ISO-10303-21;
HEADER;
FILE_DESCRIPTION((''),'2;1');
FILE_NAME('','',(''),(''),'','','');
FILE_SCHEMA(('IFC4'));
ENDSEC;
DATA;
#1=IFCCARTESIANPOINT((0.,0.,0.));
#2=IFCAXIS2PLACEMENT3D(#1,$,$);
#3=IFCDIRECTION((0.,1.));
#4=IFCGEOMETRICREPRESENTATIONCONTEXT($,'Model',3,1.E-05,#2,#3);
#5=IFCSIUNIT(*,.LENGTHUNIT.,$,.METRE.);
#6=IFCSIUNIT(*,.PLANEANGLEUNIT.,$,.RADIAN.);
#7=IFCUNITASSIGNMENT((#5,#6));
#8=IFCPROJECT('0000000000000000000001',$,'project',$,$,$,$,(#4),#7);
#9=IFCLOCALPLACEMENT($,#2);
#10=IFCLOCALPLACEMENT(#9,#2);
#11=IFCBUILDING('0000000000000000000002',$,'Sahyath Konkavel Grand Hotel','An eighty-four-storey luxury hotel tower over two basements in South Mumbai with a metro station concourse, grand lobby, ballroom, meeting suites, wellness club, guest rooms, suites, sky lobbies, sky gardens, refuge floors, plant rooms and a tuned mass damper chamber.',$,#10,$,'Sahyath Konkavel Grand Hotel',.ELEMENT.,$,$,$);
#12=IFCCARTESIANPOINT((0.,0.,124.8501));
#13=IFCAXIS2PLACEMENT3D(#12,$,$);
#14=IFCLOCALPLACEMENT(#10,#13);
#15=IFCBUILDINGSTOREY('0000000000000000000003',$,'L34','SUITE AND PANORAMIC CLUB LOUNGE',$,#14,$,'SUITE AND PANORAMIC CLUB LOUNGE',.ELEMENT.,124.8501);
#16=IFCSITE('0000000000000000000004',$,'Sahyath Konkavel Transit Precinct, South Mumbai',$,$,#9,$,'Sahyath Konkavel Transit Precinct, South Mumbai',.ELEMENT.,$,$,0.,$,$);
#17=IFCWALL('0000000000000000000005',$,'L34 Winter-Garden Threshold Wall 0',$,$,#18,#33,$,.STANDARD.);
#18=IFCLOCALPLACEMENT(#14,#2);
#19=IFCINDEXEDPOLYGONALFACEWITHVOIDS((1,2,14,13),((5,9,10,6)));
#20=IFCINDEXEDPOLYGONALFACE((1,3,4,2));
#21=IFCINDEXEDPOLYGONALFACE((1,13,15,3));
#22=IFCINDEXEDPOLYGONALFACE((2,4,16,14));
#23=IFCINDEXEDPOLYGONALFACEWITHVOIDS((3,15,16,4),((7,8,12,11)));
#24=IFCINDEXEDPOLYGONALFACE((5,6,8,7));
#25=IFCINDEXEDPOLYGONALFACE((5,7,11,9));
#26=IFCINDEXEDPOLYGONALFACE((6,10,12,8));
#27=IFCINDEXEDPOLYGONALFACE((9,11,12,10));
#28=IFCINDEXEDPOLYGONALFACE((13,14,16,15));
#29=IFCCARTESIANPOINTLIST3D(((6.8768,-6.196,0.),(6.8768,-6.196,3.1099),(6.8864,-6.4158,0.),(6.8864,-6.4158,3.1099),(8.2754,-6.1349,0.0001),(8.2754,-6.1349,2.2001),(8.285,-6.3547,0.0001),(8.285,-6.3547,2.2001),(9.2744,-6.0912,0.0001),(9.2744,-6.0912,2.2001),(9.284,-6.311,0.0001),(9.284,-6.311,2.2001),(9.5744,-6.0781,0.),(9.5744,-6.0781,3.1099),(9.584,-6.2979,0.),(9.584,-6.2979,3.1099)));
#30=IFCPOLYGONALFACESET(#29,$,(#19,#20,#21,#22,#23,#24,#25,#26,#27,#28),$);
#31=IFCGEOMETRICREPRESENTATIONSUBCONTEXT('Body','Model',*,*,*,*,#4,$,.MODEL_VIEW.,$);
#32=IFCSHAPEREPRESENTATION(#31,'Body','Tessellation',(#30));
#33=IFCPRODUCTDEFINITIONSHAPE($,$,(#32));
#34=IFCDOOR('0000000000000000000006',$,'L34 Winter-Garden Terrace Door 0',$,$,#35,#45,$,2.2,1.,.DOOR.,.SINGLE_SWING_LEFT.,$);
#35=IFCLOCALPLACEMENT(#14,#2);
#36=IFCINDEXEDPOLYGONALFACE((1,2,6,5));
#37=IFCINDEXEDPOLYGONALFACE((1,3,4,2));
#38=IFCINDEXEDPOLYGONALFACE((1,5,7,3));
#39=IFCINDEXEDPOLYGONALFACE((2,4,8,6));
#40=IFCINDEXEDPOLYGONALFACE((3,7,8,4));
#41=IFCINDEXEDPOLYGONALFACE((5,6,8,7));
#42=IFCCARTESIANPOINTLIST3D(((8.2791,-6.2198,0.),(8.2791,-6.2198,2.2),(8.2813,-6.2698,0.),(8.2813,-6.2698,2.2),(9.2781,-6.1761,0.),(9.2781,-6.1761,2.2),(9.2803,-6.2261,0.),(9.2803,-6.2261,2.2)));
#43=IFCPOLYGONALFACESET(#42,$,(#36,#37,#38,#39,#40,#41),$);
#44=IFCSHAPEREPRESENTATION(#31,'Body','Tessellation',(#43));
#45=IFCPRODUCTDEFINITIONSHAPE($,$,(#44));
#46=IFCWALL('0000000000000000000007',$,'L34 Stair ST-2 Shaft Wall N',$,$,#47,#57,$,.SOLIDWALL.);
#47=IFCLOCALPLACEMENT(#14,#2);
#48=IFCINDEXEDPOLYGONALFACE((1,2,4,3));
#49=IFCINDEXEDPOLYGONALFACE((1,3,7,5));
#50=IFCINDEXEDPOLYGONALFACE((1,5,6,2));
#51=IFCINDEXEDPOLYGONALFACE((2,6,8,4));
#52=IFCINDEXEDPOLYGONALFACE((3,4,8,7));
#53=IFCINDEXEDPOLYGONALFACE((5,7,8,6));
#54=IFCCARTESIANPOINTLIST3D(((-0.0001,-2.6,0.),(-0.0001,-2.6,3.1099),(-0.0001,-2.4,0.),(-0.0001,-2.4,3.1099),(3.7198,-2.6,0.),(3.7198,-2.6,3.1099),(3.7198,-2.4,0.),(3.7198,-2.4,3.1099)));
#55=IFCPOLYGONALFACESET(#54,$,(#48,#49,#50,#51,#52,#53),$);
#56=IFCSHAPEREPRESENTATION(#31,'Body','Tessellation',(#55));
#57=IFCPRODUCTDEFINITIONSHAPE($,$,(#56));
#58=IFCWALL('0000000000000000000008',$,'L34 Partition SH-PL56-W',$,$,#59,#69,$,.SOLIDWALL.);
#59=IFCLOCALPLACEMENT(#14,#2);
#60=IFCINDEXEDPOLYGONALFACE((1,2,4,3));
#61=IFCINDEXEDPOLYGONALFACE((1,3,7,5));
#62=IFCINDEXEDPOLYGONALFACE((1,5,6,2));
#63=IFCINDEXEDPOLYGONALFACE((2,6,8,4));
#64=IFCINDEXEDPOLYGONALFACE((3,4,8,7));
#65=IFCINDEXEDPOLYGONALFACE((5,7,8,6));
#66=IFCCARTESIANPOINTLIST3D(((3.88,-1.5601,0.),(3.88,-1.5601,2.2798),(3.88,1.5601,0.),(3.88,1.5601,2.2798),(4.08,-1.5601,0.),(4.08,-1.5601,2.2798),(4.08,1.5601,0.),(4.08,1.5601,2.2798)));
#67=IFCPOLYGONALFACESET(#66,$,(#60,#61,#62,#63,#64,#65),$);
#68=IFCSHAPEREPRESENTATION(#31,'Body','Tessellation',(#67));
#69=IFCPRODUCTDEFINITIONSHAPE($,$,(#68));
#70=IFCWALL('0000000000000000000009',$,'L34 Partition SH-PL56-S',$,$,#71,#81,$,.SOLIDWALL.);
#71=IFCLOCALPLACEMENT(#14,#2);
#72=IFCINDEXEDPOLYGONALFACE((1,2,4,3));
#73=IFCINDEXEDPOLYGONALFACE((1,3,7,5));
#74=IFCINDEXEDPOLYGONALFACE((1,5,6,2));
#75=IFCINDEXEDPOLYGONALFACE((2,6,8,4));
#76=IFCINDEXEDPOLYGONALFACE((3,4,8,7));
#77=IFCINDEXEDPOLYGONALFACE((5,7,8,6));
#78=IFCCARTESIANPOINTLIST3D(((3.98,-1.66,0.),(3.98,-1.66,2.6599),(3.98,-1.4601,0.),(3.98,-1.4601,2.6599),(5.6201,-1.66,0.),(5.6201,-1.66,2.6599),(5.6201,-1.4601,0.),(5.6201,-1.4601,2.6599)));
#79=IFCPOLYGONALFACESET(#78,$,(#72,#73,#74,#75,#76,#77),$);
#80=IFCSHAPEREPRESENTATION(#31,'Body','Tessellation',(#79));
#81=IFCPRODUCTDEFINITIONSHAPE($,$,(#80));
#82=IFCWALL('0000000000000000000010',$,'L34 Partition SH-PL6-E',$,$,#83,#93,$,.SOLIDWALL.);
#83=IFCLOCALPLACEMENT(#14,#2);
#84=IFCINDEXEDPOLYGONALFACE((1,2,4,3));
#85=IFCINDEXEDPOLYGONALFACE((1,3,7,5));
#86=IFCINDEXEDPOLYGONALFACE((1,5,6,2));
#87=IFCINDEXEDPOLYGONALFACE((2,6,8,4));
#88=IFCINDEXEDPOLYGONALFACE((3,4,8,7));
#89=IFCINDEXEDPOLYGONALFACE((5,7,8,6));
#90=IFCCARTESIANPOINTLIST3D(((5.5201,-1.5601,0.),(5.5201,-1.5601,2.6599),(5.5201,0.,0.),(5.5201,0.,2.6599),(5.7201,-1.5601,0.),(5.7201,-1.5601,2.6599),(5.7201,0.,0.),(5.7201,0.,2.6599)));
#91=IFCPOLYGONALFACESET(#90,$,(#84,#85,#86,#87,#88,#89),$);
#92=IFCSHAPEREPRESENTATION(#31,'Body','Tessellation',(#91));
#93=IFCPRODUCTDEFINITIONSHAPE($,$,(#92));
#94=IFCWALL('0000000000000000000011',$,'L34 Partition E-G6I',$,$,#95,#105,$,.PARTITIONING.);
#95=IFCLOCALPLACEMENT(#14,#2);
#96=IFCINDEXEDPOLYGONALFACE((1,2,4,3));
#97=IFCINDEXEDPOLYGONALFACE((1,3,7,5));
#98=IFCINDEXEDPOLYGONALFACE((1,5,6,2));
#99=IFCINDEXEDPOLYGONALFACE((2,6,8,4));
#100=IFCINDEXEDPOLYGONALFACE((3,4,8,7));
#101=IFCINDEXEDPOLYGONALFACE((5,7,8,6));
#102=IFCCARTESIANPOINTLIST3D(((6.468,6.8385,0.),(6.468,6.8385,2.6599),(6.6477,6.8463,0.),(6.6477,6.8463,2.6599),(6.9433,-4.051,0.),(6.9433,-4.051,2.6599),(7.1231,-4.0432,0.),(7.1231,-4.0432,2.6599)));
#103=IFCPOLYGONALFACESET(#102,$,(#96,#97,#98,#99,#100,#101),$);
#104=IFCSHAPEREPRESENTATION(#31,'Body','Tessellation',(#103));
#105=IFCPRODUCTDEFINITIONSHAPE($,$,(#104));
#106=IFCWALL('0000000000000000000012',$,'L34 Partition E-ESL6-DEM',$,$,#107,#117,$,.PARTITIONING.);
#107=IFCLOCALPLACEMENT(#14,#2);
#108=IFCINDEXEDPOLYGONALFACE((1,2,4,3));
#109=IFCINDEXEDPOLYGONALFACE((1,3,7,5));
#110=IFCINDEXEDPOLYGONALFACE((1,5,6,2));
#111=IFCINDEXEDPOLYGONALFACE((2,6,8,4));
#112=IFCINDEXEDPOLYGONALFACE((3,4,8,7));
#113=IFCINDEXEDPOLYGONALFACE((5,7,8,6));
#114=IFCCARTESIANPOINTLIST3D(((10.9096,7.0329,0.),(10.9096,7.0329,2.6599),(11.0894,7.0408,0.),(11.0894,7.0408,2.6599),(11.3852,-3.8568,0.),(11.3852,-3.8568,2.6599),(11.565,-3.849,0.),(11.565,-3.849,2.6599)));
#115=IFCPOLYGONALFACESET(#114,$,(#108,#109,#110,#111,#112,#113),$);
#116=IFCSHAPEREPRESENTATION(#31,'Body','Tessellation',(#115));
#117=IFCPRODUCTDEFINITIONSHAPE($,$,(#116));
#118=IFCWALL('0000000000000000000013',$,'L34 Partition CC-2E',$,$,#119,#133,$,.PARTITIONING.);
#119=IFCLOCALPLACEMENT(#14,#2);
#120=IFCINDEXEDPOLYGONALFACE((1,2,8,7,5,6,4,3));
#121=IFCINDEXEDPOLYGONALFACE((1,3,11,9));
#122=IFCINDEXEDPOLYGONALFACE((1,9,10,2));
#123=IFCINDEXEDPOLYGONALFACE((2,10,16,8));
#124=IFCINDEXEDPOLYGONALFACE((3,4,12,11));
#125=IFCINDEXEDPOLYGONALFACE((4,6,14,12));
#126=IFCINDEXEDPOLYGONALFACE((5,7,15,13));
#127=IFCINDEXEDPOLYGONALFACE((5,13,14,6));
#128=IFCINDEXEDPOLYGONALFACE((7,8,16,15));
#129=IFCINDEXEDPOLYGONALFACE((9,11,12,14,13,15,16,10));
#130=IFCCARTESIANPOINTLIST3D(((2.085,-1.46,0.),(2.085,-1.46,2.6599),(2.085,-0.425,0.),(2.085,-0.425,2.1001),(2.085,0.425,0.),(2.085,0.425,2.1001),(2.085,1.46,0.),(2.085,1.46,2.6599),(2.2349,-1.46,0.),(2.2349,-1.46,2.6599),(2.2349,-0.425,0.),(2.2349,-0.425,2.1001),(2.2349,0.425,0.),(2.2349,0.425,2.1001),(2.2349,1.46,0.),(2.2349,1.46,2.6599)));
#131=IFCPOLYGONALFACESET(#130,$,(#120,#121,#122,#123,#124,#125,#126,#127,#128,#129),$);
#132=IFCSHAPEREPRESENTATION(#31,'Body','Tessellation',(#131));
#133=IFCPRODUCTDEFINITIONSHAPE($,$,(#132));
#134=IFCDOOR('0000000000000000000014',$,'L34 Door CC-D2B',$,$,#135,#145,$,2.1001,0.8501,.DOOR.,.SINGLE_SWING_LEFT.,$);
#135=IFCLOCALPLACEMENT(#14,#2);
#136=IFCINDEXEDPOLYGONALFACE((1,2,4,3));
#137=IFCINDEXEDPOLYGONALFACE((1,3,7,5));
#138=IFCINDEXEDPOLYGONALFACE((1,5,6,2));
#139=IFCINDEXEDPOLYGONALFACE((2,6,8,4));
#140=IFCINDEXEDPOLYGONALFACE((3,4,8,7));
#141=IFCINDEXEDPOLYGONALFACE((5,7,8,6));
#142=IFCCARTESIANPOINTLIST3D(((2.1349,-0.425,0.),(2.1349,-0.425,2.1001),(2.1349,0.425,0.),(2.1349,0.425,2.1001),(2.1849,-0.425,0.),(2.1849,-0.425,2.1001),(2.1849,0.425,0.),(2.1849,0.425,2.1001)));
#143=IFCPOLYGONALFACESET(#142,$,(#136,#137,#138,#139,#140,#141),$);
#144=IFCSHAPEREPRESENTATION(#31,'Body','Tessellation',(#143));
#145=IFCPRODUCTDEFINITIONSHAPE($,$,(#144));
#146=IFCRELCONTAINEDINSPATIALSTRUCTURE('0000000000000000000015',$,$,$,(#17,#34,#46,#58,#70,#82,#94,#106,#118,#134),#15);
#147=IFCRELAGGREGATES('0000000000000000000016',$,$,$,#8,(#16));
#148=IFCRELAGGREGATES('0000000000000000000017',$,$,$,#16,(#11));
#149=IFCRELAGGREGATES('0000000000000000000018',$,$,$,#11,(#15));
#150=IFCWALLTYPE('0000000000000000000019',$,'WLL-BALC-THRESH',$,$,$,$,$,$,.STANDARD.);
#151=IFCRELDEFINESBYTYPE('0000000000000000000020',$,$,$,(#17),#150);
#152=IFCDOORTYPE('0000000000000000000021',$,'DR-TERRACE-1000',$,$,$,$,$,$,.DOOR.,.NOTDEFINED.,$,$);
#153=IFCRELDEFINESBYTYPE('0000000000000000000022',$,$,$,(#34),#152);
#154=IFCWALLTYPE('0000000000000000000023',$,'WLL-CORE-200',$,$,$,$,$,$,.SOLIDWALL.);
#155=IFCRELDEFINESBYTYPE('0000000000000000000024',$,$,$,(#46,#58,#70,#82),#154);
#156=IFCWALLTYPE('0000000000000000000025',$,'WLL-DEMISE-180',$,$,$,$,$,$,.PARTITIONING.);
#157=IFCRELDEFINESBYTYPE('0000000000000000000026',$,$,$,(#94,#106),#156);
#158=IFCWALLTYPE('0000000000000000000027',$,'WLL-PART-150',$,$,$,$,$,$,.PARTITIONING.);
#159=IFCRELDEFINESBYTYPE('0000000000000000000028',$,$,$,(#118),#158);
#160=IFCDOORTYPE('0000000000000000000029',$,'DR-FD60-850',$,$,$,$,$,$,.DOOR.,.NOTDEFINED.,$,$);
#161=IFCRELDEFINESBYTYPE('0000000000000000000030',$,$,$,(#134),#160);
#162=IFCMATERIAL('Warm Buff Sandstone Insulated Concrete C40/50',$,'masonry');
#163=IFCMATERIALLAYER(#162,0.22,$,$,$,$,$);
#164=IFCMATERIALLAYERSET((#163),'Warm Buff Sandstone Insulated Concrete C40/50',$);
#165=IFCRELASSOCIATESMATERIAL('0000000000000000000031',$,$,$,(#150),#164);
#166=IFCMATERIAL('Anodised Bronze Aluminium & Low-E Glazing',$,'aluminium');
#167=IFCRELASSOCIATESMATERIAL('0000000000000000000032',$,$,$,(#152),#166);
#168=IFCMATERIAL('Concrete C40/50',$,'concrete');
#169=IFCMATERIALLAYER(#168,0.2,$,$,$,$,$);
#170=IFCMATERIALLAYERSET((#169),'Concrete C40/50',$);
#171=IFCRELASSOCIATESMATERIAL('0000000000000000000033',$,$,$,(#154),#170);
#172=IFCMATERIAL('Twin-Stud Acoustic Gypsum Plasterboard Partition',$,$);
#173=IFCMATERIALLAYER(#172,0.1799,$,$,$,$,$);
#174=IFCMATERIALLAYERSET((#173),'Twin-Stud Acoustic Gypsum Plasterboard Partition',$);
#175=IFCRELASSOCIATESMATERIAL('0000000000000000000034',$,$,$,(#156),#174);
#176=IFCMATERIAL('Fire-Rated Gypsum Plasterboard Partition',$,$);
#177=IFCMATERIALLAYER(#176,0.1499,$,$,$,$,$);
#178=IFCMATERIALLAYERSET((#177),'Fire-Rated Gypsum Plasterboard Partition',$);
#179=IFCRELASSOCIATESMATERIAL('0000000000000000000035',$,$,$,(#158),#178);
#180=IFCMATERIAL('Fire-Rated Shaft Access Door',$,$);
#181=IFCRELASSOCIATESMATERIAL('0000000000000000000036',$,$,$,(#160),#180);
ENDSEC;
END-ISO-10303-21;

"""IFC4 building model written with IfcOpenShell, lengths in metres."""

from ifc_helpers import new_model, si_unit, direction, frame, frame_2d, origin, origin_2d, place, context, subcontext, project, spatial, rectangle, extrude, source, transform, mapped, material, layer, layer_set, type_object, element, fill, save


model = new_model("IFC4")

# Units and contexts
model_context = context("Model", 3, precision=1e-05, world=origin(), true_north=direction((0.0, 1.0)))
body_context = subcontext(model_context, "Body", "Model", "MODEL_VIEW")
ifc_project = project(units=[si_unit("LENGTHUNIT", "METRE"), si_unit("PLANEANGLEUNIT", "RADIAN")], contexts=[model_context])

# Site, building, storey
site_placement = place(None, origin())
site = spatial("IfcSite", under=ifc_project, at=site_placement, Name="Sahyath Konkavel Transit Precinct, South Mumbai", LongName="Sahyath Konkavel Transit Precinct, South Mumbai", CompositionType="ELEMENT", RefElevation=0.0)
building_placement = place(site_placement, origin())
building = spatial("IfcBuilding", under=site, at=building_placement, Name="Sahyath Konkavel Grand Hotel", Description="An eighty-four-storey luxury hotel tower over two basements in South Mumbai with a metro station concourse, grand lobby, ballroom, meeting suites, wellness club, guest rooms, suites, sky lobbies, sky gardens, refuge floors, plant rooms and a tuned mass damper chamber.", LongName="Sahyath Konkavel Grand Hotel", CompositionType="ELEMENT")
storey_placement = place(building_placement, frame((0.0, 0.0, 124.8501)))
storey = spatial("IfcBuildingStorey", under=building, at=storey_placement, Name="L34", Description="SUITE AND PANORAMIC CLUB LOUNGE", LongName="SUITE AND PANORAMIC CLUB LOUNGE", CompositionType="ELEMENT", Elevation=124.8501)

# Shared definitions
ifc_material_1 = material(Name="Anodised Bronze Aluminium & Low-E Glazing", Category="aluminium")

# Wall, opening, door
ifc_material_2 = material(Name="Warm Buff Sandstone Insulated Concrete C40/50", Category="masonry")
ifc_layer_1 = layer(ifc_material_2, 0.22)
ifc_layer_set_1 = layer_set([ifc_layer_1], Name="Warm Buff Sandstone Insulated Concrete C40/50")
wall_type_1 = type_object("IfcWallType", Name="WLL-BALC-THRESH", PredefinedType="STANDARD", material=ifc_layer_set_1)
wall_1_placement = place(storey_placement, frame((6.8816, -6.3059, 0.0), z_axis=(0.0, 0.0, 1.0), x_axis=(0.999046, 0.043673, 0.0)))
wall_1 = element("IfcWall", 1, at=wall_1_placement, inside=storey, type_object=wall_type_1, Name="L34 Winter-Garden Threshold Wall 0", PredefinedType="STANDARD", context=body_context, shape_type="SweptSolid", body=[
    extrude(rectangle(XDim=2.7002, YDim=0.22, at=frame_2d((1.3501, 0.0))), origin(), (0.0, 0.0, 1.0), 3.1099),
])
opening_1_placement = place(wall_1_placement, frame((1.3999, 0.0, 0.0)))
opening_1 = element("IfcOpeningElement", 2, at=opening_1_placement, cuts=wall_1, PredefinedType="OPENING", context=body_context, shape_type="SweptSolid", body=[
    extrude(rectangle(XDim=1.0, YDim=2.2, at=frame_2d((0.5, 1.1001))), frame((0.0, 0.1201, 0.0), z_axis=(0.0, -1.0, 0.0), x_axis=(1.0, 0.0, 0.0)), (0.0, 0.0, 1.0), 0.24),
])
door_type_1 = type_object("IfcDoorType", Name="DR-TERRACE-1000", OperationType="NOTDEFINED", PredefinedType="DOOR", material=ifc_material_1)
shared_shape_1 = source(origin(), body_context, "Body", "SweptSolid", [
    extrude(rectangle(XDim=1.0, YDim=0.05, at=origin_2d()), origin(), (0.0, 0.0, 1.0), 2.2),
])
door_1_placement = place(opening_1_placement, frame((0.5, 0.0, 0.0)))
door_1 = element("IfcDoor", 3, at=door_1_placement, inside=storey, type_object=door_type_1, Name="L34 Winter-Garden Terrace Door 0", OperationType="SINGLE_SWING_LEFT", OverallHeight=2.2, OverallWidth=1.0, PredefinedType="DOOR", context=body_context, shape_type="MappedRepresentation", body=[
    mapped(shared_shape_1, transform((0.0, 0.0, 0.0), scale=1.0)),
])
fill(opening_1, door_1)

# Walls
ifc_material_3 = material(Name="Concrete C40/50", Category="concrete")
ifc_layer_2 = layer(ifc_material_3, 0.2)
ifc_layer_set_2 = layer_set([ifc_layer_2], Name="Concrete C40/50")
wall_type_2 = type_object("IfcWallType", Name="WLL-CORE-200", PredefinedType="SOLIDWALL", material=ifc_layer_set_2)
wall_2_placement = place(storey_placement, frame((0.0, -2.5, 0.0), z_axis=(0.0, 0.0, 1.0), x_axis=(1.0, 0.0, 0.0)))
element("IfcWall", 4, at=wall_2_placement, inside=storey, type_object=wall_type_2, Name="L34 Stair ST-2 Shaft Wall N", PredefinedType="SOLIDWALL", context=body_context, shape_type="SweptSolid", body=[
    extrude(rectangle(XDim=3.72, YDim=0.2, at=frame_2d((1.8599, 0.0))), origin(), (0.0, 0.0, 1.0), 3.1099),
])
wall_3_placement = place(storey_placement, frame((3.98, -1.5601, 0.0), z_axis=(0.0, 0.0, 1.0), x_axis=(0.0, 1.0, 0.0)))
element("IfcWall", 5, at=wall_3_placement, inside=storey, type_object=wall_type_2, Name="L34 Partition SH-PL56-W", PredefinedType="SOLIDWALL", context=body_context, shape_type="SweptSolid", body=[
    extrude(rectangle(XDim=3.1201, YDim=0.2, at=frame_2d((1.5601, 0.0))), origin(), (0.0, 0.0, 1.0), 2.2798),
])
wall_4_placement = place(storey_placement, frame((3.98, -1.5601, 0.0), z_axis=(0.0, 0.0, 1.0), x_axis=(1.0, 0.0, 0.0)))
element("IfcWall", 6, at=wall_4_placement, inside=storey, type_object=wall_type_2, Name="L34 Partition SH-PL56-S", PredefinedType="SOLIDWALL", context=body_context, shape_type="SweptSolid", body=[
    extrude(rectangle(XDim=1.6401, YDim=0.2, at=frame_2d((0.8201, 0.0))), origin(), (0.0, 0.0, 1.0), 2.6599),
])
wall_5_placement = place(storey_placement, frame((5.6201, -1.5601, 0.0), z_axis=(0.0, 0.0, 1.0), x_axis=(0.0, 1.0, 0.0)))
element("IfcWall", 7, at=wall_5_placement, inside=storey, type_object=wall_type_2, Name="L34 Partition SH-PL6-E", PredefinedType="SOLIDWALL", context=body_context, shape_type="SweptSolid", body=[
    extrude(rectangle(XDim=1.5601, YDim=0.2, at=frame_2d((0.78, 0.0))), origin(), (0.0, 0.0, 1.0), 2.6599),
])
ifc_material_4 = material(Name="Twin-Stud Acoustic Gypsum Plasterboard Partition")
ifc_layer_3 = layer(ifc_material_4, 0.1799)
ifc_layer_set_3 = layer_set([ifc_layer_3], Name="Twin-Stud Acoustic Gypsum Plasterboard Partition")
wall_type_3 = type_object("IfcWallType", Name="WLL-DEMISE-180", PredefinedType="PARTITIONING", material=ifc_layer_set_3)
wall_6_placement = place(storey_placement, frame((7.0332, -4.0471, 0.0), z_axis=(0.0, 0.0, 1.0), x_axis=(-0.043609, 0.999049, 0.0)))
element("IfcWall", 8, at=wall_6_placement, inside=storey, type_object=wall_type_3, Name="L34 Partition E-G6I", PredefinedType="PARTITIONING", context=body_context, shape_type="SweptSolid", body=[
    extrude(rectangle(XDim=10.8999, YDim=0.1799, at=frame_2d((5.45, 0.0))), origin(), (0.0, 0.0, 1.0), 2.6599),
])
wall_7_placement = place(storey_placement, frame((11.4751, -3.853, 0.0), z_axis=(0.0, 0.0, 1.0), x_axis=(-0.043632, 0.999048, 0.0)))
element("IfcWall", 9, at=wall_7_placement, inside=storey, type_object=wall_type_3, Name="L34 Partition E-ESL6-DEM", PredefinedType="PARTITIONING", context=body_context, shape_type="SweptSolid", body=[
    extrude(rectangle(XDim=10.9001, YDim=0.1799, at=frame_2d((5.4502, 0.0))), origin(), (0.0, 0.0, 1.0), 2.6599),
])

# Wall, opening, door
ifc_material_5 = material(Name="Fire-Rated Gypsum Plasterboard Partition")
ifc_layer_4 = layer(ifc_material_5, 0.1499)
ifc_layer_set_4 = layer_set([ifc_layer_4], Name="Fire-Rated Gypsum Plasterboard Partition")
wall_type_4 = type_object("IfcWallType", Name="WLL-PART-150", PredefinedType="PARTITIONING", material=ifc_layer_set_4)
wall_8_placement = place(storey_placement, frame((2.1599, -1.46, 0.0), z_axis=(0.0, 0.0, 1.0), x_axis=(0.0, 1.0, 0.0)))
wall_8 = element("IfcWall", 10, at=wall_8_placement, inside=storey, type_object=wall_type_4, Name="L34 Partition CC-2E", PredefinedType="PARTITIONING", context=body_context, shape_type="SweptSolid", body=[
    extrude(rectangle(XDim=2.9199, YDim=0.1499, at=frame_2d((1.46, 0.0))), origin(), (0.0, 0.0, 1.0), 2.6599),
])
opening_2_placement = place(wall_8_placement, frame((1.0349, 0.0, 0.0)))
opening_2 = element("IfcOpeningElement", 11, at=opening_2_placement, cuts=wall_8, PredefinedType="OPENING", context=body_context, shape_type="SweptSolid", body=[
    extrude(rectangle(XDim=0.8501, YDim=2.1001, at=frame_2d((0.425, 1.05))), frame((0.0, 0.085, 0.0), z_axis=(0.0, -1.0, 0.0), x_axis=(1.0, 0.0, 0.0)), (0.0, 0.0, 1.0), 0.1699),
])
ifc_material_6 = material(Name="Fire-Rated Shaft Access Door")
door_type_2 = type_object("IfcDoorType", Name="DR-FD60-850", OperationType="NOTDEFINED", PredefinedType="DOOR", material=ifc_material_6)
shared_shape_2 = source(origin(), body_context, "Body", "SweptSolid", [
    extrude(rectangle(XDim=0.8501, YDim=0.05, at=origin_2d()), origin(), (0.0, 0.0, 1.0), 2.1001),
])
door_2_placement = place(opening_2_placement, frame((0.425, 0.0, 0.0)))
door_2 = element("IfcDoor", 12, at=door_2_placement, inside=storey, type_object=door_type_2, Name="L34 Door CC-D2B", OperationType="SINGLE_SWING_LEFT", OverallHeight=2.1001, OverallWidth=0.8501, PredefinedType="DOOR", context=body_context, shape_type="MappedRepresentation", body=[
    mapped(shared_shape_2, transform((0.0, 0.0, 0.0), scale=1.0)),
])
fill(opening_2, door_2)

save(model, "model.ifc")
